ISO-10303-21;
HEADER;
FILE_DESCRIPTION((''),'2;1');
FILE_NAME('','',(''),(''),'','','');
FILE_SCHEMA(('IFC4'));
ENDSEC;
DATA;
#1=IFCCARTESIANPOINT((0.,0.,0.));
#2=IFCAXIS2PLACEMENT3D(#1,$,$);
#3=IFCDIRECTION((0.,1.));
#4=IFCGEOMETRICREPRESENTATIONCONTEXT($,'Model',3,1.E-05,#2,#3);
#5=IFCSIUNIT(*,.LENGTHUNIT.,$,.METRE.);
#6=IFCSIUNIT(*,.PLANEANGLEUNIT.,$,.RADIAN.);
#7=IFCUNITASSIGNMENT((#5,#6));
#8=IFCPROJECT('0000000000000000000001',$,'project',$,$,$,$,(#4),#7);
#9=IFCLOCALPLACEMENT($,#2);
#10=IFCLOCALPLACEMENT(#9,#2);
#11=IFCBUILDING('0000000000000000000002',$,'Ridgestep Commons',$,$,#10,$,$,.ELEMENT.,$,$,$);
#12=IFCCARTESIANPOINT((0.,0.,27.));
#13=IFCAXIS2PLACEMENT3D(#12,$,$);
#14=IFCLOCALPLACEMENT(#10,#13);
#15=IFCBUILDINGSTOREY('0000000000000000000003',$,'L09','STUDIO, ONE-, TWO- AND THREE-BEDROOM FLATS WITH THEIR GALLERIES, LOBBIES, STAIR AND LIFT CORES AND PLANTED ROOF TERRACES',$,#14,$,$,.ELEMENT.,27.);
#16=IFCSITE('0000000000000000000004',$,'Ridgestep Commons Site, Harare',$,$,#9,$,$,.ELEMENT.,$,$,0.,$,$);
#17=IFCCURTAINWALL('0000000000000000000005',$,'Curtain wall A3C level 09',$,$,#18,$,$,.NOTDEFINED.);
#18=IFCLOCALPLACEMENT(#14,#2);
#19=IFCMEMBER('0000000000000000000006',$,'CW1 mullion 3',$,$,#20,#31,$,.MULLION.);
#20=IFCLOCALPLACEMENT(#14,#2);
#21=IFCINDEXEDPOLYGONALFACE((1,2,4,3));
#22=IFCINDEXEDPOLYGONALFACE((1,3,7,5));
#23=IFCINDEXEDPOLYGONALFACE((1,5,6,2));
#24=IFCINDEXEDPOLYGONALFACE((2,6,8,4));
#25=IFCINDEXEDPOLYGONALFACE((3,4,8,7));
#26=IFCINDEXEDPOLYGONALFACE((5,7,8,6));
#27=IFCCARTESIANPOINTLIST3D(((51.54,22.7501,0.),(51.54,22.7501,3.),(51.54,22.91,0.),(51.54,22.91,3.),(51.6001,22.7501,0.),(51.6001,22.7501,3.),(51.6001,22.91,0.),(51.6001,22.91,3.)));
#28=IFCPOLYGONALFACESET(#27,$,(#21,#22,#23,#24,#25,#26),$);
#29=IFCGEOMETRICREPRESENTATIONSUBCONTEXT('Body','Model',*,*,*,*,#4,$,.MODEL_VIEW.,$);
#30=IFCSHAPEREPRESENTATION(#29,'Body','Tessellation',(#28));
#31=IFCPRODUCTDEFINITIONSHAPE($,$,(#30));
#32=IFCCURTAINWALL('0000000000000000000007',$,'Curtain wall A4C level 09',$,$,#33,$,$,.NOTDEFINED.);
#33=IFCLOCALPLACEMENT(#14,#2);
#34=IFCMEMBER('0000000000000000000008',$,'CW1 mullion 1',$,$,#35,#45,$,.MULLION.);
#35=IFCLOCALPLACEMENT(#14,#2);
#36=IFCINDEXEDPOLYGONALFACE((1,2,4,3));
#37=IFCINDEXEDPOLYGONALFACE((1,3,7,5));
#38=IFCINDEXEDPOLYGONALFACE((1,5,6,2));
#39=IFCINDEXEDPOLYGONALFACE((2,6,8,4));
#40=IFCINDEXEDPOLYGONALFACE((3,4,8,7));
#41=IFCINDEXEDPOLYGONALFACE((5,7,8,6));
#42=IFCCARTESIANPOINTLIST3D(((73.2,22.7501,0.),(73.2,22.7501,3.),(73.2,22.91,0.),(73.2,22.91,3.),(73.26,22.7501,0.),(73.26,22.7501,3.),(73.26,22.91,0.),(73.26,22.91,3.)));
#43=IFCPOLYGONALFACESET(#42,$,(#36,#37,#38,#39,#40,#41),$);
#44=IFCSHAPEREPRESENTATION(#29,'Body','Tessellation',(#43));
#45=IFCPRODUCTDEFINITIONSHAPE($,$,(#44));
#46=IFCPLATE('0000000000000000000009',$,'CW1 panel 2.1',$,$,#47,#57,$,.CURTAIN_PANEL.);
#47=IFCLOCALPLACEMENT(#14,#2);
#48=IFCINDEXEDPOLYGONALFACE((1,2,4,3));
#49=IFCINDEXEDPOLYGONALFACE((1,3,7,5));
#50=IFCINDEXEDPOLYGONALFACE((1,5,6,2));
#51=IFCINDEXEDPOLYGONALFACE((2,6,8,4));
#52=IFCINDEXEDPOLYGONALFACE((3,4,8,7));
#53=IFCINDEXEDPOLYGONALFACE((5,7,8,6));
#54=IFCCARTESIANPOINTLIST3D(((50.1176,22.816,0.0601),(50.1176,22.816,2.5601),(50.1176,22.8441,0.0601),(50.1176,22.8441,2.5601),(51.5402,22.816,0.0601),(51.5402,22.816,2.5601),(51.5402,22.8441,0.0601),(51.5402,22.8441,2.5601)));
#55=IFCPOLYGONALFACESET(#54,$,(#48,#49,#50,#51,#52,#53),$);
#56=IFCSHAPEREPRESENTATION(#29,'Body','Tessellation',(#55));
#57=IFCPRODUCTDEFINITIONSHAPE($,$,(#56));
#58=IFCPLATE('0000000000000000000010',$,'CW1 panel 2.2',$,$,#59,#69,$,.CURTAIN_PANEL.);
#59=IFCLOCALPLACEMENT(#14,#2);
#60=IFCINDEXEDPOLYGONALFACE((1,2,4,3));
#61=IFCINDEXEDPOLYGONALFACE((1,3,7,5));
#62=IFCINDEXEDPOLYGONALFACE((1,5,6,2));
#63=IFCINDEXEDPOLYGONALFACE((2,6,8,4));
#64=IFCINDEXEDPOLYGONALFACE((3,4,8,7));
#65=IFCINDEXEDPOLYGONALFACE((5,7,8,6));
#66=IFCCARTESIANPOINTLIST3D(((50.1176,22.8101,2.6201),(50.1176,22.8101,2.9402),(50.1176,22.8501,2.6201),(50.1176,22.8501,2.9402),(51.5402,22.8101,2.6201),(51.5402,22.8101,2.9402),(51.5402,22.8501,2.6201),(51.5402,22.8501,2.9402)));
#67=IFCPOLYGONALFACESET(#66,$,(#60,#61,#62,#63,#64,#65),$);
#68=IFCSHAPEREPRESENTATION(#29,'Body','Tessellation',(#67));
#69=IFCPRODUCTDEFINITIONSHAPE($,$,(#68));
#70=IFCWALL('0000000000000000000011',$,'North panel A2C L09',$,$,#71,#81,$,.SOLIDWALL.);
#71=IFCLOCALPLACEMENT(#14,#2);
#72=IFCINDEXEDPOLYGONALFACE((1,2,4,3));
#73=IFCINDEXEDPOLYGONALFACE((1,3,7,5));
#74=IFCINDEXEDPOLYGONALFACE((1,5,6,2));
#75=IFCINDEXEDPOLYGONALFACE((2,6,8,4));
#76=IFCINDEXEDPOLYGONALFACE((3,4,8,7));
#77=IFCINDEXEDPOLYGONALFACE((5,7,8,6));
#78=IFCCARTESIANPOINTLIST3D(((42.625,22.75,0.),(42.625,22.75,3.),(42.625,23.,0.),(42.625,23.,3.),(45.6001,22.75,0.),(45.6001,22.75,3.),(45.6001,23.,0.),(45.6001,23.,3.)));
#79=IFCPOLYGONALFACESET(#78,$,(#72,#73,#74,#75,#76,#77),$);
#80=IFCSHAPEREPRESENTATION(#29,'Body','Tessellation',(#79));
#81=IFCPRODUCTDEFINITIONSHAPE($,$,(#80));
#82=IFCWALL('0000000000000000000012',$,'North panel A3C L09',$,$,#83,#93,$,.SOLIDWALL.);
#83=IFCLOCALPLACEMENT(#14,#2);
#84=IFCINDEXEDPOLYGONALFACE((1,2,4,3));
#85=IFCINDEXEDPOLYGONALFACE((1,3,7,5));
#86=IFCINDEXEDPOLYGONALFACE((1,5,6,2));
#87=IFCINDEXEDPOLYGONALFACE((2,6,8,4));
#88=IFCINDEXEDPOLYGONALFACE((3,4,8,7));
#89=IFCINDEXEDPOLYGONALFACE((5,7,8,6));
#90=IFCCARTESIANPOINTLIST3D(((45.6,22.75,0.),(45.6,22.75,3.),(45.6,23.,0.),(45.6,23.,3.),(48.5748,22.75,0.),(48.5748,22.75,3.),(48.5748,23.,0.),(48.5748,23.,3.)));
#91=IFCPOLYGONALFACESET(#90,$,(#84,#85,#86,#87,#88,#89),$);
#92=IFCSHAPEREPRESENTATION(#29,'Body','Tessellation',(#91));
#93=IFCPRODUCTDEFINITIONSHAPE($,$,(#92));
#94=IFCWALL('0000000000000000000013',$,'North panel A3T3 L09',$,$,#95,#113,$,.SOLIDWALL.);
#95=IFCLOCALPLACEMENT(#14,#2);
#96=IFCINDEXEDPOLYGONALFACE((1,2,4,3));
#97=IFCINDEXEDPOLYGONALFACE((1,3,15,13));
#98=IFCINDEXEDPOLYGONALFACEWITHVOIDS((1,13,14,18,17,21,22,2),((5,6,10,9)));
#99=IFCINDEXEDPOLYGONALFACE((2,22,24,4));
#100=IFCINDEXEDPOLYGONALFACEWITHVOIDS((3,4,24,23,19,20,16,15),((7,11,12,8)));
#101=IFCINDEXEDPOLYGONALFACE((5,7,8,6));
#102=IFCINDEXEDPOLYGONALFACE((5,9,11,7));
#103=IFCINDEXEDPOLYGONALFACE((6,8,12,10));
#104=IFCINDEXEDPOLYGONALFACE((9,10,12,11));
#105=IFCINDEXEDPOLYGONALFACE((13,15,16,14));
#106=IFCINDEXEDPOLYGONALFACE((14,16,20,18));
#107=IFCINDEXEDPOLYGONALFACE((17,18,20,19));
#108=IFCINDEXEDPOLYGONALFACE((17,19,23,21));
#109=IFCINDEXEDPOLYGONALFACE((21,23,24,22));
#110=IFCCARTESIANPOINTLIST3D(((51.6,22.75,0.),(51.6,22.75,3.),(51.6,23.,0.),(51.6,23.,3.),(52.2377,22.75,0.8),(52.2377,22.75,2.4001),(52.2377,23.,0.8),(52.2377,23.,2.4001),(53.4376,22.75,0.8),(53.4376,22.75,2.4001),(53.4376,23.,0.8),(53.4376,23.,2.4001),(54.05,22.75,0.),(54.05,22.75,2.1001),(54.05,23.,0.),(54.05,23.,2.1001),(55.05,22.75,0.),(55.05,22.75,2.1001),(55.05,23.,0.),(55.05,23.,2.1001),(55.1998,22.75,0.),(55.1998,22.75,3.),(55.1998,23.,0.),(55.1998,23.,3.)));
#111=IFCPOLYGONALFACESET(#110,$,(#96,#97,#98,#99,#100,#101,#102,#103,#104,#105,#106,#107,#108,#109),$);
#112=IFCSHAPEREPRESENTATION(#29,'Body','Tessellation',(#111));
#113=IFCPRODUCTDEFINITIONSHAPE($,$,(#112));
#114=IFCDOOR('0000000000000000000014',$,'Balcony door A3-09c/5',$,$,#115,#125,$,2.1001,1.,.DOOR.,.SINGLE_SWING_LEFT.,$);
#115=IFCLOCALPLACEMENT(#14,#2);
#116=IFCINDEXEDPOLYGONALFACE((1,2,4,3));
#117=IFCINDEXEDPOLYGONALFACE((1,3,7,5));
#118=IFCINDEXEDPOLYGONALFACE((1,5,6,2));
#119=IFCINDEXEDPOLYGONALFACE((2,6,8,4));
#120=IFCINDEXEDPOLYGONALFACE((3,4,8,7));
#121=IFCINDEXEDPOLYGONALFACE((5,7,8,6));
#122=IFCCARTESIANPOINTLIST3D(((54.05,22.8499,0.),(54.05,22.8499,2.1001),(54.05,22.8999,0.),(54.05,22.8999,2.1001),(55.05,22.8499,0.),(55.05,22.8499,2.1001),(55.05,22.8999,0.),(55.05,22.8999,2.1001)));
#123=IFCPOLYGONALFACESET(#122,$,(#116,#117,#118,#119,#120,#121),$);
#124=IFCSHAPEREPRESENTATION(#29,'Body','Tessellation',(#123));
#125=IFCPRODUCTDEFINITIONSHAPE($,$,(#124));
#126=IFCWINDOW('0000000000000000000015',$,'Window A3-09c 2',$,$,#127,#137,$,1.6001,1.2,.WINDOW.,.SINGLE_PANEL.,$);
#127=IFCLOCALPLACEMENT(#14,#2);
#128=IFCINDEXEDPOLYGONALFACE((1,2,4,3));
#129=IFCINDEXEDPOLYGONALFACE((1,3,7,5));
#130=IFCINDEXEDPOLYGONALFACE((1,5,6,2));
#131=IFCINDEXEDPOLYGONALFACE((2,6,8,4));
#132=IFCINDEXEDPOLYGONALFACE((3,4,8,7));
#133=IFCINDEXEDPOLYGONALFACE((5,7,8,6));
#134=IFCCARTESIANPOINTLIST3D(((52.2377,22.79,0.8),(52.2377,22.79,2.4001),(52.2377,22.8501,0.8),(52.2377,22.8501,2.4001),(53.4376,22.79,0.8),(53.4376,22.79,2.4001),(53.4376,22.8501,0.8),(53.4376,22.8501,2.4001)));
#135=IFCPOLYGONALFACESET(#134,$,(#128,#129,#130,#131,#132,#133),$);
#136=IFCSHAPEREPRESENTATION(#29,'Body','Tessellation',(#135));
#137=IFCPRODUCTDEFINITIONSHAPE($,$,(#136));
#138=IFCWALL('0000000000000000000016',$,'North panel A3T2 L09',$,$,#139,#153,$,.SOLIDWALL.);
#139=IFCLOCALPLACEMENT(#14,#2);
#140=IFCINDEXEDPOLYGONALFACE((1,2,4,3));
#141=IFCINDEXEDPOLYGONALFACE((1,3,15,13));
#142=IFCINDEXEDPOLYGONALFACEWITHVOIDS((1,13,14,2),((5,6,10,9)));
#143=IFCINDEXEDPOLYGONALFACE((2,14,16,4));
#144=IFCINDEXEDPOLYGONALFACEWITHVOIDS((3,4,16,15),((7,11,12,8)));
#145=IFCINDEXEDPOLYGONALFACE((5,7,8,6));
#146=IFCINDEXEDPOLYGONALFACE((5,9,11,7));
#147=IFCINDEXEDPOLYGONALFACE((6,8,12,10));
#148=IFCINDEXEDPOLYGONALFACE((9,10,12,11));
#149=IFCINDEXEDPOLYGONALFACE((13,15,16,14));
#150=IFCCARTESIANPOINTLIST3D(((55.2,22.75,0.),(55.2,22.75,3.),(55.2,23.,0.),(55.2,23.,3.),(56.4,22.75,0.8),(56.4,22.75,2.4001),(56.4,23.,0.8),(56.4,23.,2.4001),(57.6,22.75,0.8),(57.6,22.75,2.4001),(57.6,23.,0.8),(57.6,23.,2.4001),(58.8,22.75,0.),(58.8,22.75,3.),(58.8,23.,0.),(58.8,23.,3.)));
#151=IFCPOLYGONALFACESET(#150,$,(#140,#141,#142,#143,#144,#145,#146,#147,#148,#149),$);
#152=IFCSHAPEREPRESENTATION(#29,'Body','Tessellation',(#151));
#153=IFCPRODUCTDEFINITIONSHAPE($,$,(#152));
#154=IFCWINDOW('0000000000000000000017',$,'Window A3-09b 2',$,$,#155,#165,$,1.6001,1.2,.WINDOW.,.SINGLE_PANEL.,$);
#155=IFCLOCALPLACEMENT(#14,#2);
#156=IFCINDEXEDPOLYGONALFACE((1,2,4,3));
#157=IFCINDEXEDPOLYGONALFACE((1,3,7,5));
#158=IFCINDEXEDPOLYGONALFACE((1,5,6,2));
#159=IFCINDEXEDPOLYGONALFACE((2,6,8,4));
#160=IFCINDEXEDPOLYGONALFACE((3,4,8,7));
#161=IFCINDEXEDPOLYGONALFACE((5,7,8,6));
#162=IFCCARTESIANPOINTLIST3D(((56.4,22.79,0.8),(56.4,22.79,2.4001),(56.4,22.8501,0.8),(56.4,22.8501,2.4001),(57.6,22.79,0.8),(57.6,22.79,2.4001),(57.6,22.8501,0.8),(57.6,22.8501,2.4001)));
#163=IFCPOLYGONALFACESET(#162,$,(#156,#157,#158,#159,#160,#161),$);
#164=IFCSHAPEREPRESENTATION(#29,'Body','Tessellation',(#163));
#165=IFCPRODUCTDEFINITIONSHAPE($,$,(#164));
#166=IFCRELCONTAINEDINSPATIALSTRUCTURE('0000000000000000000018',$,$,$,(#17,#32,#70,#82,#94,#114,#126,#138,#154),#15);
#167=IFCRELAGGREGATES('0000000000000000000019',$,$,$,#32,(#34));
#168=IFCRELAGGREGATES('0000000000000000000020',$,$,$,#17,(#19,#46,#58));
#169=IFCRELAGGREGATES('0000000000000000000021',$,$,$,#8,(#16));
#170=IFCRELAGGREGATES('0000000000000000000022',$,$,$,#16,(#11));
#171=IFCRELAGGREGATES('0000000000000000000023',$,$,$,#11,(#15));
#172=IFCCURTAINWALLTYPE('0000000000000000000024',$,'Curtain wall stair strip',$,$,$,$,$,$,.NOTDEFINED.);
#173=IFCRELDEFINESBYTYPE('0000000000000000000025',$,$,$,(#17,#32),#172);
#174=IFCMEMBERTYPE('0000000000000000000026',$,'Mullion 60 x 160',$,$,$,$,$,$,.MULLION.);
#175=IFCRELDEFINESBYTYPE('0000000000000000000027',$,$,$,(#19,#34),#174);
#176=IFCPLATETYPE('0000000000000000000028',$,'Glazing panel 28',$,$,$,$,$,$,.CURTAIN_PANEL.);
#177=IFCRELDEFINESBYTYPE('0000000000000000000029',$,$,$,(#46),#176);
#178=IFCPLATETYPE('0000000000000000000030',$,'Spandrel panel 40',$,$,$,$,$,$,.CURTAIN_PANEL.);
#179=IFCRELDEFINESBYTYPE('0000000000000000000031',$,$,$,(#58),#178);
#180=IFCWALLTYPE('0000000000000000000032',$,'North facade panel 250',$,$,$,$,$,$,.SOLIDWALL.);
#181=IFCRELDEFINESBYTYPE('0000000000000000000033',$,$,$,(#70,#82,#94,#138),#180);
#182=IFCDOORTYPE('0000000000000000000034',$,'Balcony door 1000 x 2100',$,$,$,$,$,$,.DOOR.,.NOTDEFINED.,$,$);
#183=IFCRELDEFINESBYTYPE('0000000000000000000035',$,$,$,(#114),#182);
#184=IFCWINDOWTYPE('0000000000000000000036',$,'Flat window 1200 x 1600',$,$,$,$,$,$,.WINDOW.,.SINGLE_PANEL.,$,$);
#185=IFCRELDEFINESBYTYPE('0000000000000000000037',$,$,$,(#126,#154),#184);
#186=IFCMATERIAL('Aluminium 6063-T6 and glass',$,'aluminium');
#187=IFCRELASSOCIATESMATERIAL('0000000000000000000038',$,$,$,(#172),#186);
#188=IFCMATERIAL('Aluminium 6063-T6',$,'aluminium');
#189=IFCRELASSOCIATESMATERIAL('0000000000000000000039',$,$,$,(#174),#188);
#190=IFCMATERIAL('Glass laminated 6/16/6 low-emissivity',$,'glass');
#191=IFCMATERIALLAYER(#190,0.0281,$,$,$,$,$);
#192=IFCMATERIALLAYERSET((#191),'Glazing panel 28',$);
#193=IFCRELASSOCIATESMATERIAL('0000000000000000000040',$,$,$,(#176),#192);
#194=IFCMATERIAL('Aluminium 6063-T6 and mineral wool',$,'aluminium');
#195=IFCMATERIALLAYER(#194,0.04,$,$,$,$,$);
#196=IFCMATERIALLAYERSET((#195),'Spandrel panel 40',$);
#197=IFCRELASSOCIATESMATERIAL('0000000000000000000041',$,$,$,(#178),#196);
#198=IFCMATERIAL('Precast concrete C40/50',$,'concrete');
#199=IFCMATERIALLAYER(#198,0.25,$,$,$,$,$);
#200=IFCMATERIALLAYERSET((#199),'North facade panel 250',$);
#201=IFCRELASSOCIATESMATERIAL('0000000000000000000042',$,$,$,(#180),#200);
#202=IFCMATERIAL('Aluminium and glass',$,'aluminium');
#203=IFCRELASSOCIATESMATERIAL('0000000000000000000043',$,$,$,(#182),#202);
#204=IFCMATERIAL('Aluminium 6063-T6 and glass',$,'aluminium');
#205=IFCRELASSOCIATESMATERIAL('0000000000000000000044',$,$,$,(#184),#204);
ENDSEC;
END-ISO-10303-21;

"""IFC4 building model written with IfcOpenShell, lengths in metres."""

from ifc_helpers import new_model, si_unit, direction, frame, frame_2d, origin, origin_2d, place, context, subcontext, project, spatial, rectangle, extrude, material, layer, layer_set, material_profile, profile_set, type_object, element, fill, aggregate, save


model = new_model("IFC4")

# Units and contexts
model_context = context("Model", 3, precision=1e-05, world=origin(), true_north=direction((0.0, 1.0)))
body_context = subcontext(model_context, "Body", "Model", "MODEL_VIEW")
ifc_project = project(units=[si_unit("LENGTHUNIT", "METRE"), si_unit("PLANEANGLEUNIT", "RADIAN")], contexts=[model_context])

# Site, building, storey
site_placement = place(None, origin())
site = spatial("IfcSite", under=ifc_project, at=site_placement, Name="Ridgestep Commons Site, Harare", CompositionType="ELEMENT", RefElevation=0.0)
building_placement = place(site_placement, origin())
building = spatial("IfcBuilding", under=site, at=building_placement, Name="Ridgestep Commons", CompositionType="ELEMENT")
storey_placement = place(building_placement, frame((0.0, 0.0, 27.0)))
storey = spatial("IfcBuildingStorey", under=building, at=storey_placement, Name="L09", Description="STUDIO, ONE-, TWO- AND THREE-BEDROOM FLATS WITH THEIR GALLERIES, LOBBIES, STAIR AND LIFT CORES AND PLANTED ROOF TERRACES", CompositionType="ELEMENT", Elevation=27.0)

# Curtain walls, members
ifc_material_1 = material(Name="Aluminium 6063-T6 and glass", Category="aluminium")
curtain_wall_type = type_object("IfcCurtainWallType", Name="Curtain wall stair strip", PredefinedType="NOTDEFINED", material=ifc_material_1)
curtain_wall_1_placement = place(storey_placement, origin())
curtain_wall_1 = element("IfcCurtainWall", 1, at=curtain_wall_1_placement, inside=storey, type_object=curtain_wall_type, Name="Curtain wall A3C level 09", PredefinedType="NOTDEFINED")
ifc_material_2 = material(Name="Aluminium 6063-T6", Category="aluminium")
ifc_material_profile = material_profile(ifc_material_2, rectangle(XDim=0.1599, YDim=0.0601, at=origin_2d()), Name="Mullion 60 x 160")
ifc_profile_set = profile_set([ifc_material_profile], Name="Aluminium 6063-T6")
member_type = type_object("IfcMemberType", Name="Mullion 60 x 160", PredefinedType="MULLION", material=ifc_profile_set)
member_1_placement = place(storey_placement, frame((51.5701, 22.8301, 0.0), z_axis=(0.0, 0.0, 1.0), x_axis=(0.0, 1.0, 0.0)))
member_1 = element("IfcMember", 2, at=member_1_placement, type_object=member_type, Name="CW1 mullion 3", PredefinedType="MULLION", context=body_context, shape_type="SweptSolid", body=[
    extrude(rectangle(XDim=0.1599, YDim=0.0601, at=origin_2d()), origin(), (0.0, 0.0, 1.0), 3.0),
])
curtain_wall_2_placement = place(storey_placement, origin())
curtain_wall_2 = element("IfcCurtainWall", 3, at=curtain_wall_2_placement, inside=storey, type_object=curtain_wall_type, Name="Curtain wall A4C level 09", PredefinedType="NOTDEFINED")
member_2_placement = place(storey_placement, frame((73.23, 22.8301, 0.0), z_axis=(0.0, 0.0, 1.0), x_axis=(0.0, 1.0, 0.0)))
member_2 = element("IfcMember", 4, at=member_2_placement, type_object=member_type, Name="CW1 mullion 1", PredefinedType="MULLION", context=body_context, shape_type="SweptSolid", body=[
    extrude(rectangle(XDim=0.1599, YDim=0.0601, at=origin_2d()), origin(), (0.0, 0.0, 1.0), 3.0),
])
aggregate(curtain_wall_2, [member_2])

# Plates
ifc_material_3 = material(Name="Glass laminated 6/16/6 low-emissivity", Category="glass")
ifc_layer_1 = layer(ifc_material_3, 0.0281)
ifc_layer_set_1 = layer_set([ifc_layer_1], Name="Glazing panel 28")
plate_type_1 = type_object("IfcPlateType", Name="Glazing panel 28", PredefinedType="CURTAIN_PANEL", material=ifc_layer_set_1)
plate_1_placement = place(storey_placement, frame((50.8289, 22.8301, 0.0601), z_axis=(0.0, 0.0, 1.0), x_axis=(1.0, 0.0, 0.0)))
plate_1 = element("IfcPlate", 5, at=plate_1_placement, type_object=plate_type_1, Name="CW1 panel 2.1", PredefinedType="CURTAIN_PANEL", context=body_context, shape_type="SweptSolid", body=[
    extrude(rectangle(XDim=1.4226, YDim=0.0281, at=origin_2d()), origin(), (0.0, 0.0, 1.0), 2.5),
])
ifc_material_4 = material(Name="Aluminium 6063-T6 and mineral wool", Category="aluminium")
ifc_layer_2 = layer(ifc_material_4, 0.04)
ifc_layer_set_2 = layer_set([ifc_layer_2], Name="Spandrel panel 40")
plate_type_2 = type_object("IfcPlateType", Name="Spandrel panel 40", PredefinedType="CURTAIN_PANEL", material=ifc_layer_set_2)
plate_2_placement = place(storey_placement, frame((50.8289, 22.8301, 2.6201), z_axis=(0.0, 0.0, 1.0), x_axis=(1.0, 0.0, 0.0)))
plate_2 = element("IfcPlate", 6, at=plate_2_placement, type_object=plate_type_2, Name="CW1 panel 2.2", PredefinedType="CURTAIN_PANEL", context=body_context, shape_type="SweptSolid", body=[
    extrude(rectangle(XDim=1.4226, YDim=0.04, at=origin_2d()), origin(), (0.0, 0.0, 1.0), 0.3201),
])
aggregate(curtain_wall_1, [member_1, plate_1, plate_2])

# Walls
ifc_material_5 = material(Name="Precast concrete C40/50", Category="concrete")
ifc_layer_3 = layer(ifc_material_5, 0.25)
ifc_layer_set_3 = layer_set([ifc_layer_3], Name="North facade panel 250")
wall_type = type_object("IfcWallType", Name="North facade panel 250", PredefinedType="SOLIDWALL", material=ifc_layer_set_3)
wall_1_placement = place(storey_placement, frame((42.625, 22.875, 0.0), z_axis=(0.0, 0.0, 1.0), x_axis=(1.0, 0.0, 0.0)))
element("IfcWall", 7, at=wall_1_placement, inside=storey, type_object=wall_type, Name="North panel A2C L09", PredefinedType="SOLIDWALL", context=body_context, shape_type="SweptSolid", body=[
    extrude(rectangle(XDim=2.9751, YDim=0.25, at=frame_2d((1.4875, 0.0))), origin(), (0.0, 0.0, 1.0), 3.0),
])
wall_2_placement = place(storey_placement, frame((45.6001, 22.875, 0.0), z_axis=(0.0, 0.0, 1.0), x_axis=(1.0, 0.0, 0.0)))
element("IfcWall", 8, at=wall_2_placement, inside=storey, type_object=wall_type, Name="North panel A3C L09", PredefinedType="SOLIDWALL", context=body_context, shape_type="SweptSolid", body=[
    extrude(rectangle(XDim=2.9749, YDim=0.25, at=frame_2d((1.4873, 0.0))), origin(), (0.0, 0.0, 1.0), 3.0),
])

# Wall, openings, door, window
wall_3_placement = place(storey_placement, frame((51.6001, 22.875, 0.0), z_axis=(0.0, 0.0, 1.0), x_axis=(1.0, 0.0, 0.0)))
wall_3 = element("IfcWall", 9, at=wall_3_placement, inside=storey, type_object=wall_type, Name="North panel A3T3 L09", PredefinedType="SOLIDWALL", context=body_context, shape_type="SweptSolid", body=[
    extrude(rectangle(XDim=3.5999, YDim=0.25, at=frame_2d((1.7998, 0.0))), origin(), (0.0, 0.0, 1.0), 3.0),
])
opening_1_placement = place(wall_3_placement, frame((0.6375, 0.0, 0.8)))
opening_1 = element("IfcOpeningElement", 10, at=opening_1_placement, cuts=wall_3, PredefinedType="OPENING", context=body_context, shape_type="SweptSolid", body=[
    extrude(rectangle(XDim=1.2, YDim=1.6001, at=frame_2d((0.6001, 0.8))), frame((0.0, 0.135, 0.0), z_axis=(0.0, -1.0, 0.0), x_axis=(1.0, 0.0, 0.0)), (0.0, 0.0, 1.0), 0.27),
])
opening_2_placement = place(wall_3_placement, frame((2.45, 0.0, 0.0)))
opening_2 = element("IfcOpeningElement", 11, at=opening_2_placement, cuts=wall_3, PredefinedType="OPENING", context=body_context, shape_type="SweptSolid", body=[
    extrude(rectangle(XDim=1.0, YDim=2.1001, at=frame_2d((0.5, 1.05))), frame((0.0, 0.135, 0.0), z_axis=(0.0, -1.0, 0.0), x_axis=(1.0, 0.0, 0.0)), (0.0, 0.0, 1.0), 0.27),
])
ifc_material_6 = material(Name="Aluminium and glass", Category="aluminium")
door_type = type_object("IfcDoorType", Name="Balcony door 1000 x 2100", OperationType="NOTDEFINED", PredefinedType="DOOR", material=ifc_material_6)
door_1_placement = place(opening_2_placement, origin())
door_1 = element("IfcDoor", 12, at=door_1_placement, inside=storey, type_object=door_type, Name="Balcony door A3-09c/5", OperationType="SINGLE_SWING_LEFT", OverallHeight=2.1001, OverallWidth=1.0, PredefinedType="DOOR", context=body_context, shape_type="SweptSolid", body=[
    extrude(rectangle(XDim=1.0, YDim=2.1001, at=frame_2d((0.5, 1.05))), frame((0.0, 0.0249, 0.0), z_axis=(0.0, -1.0, 0.0), x_axis=(1.0, 0.0, 0.0)), (0.0, 0.0, 1.0), 0.05),
])
fill(opening_2, door_1)
ifc_material_7 = material(Name="Aluminium 6063-T6 and glass", Category="aluminium")
window_type_1 = type_object("IfcWindowType", Name="Flat window 1200 x 1600", PartitioningType="SINGLE_PANEL", PredefinedType="WINDOW", material=ifc_material_7)
window_1_placement = place(opening_1_placement, origin())
window_1 = element("IfcWindow", 13, at=window_1_placement, inside=storey, type_object=window_type_1, Name="Window A3-09c 2", OverallHeight=1.6001, OverallWidth=1.2, PartitioningType="SINGLE_PANEL", PredefinedType="WINDOW", context=body_context, shape_type="SweptSolid", body=[
    extrude(rectangle(XDim=1.2, YDim=1.6001, at=frame_2d((0.6001, 0.8))), frame((0.0, -0.0249, 0.0), z_axis=(0.0, -1.0, 0.0), x_axis=(1.0, 0.0, 0.0)), (0.0, 0.0, 1.0), 0.0601),
])
fill(opening_1, window_1)

# Wall, opening, window
wall_4_placement = place(storey_placement, frame((55.2, 22.875, 0.0), z_axis=(0.0, 0.0, 1.0), x_axis=(1.0, 0.0, 0.0)))
wall_4 = element("IfcWall", 14, at=wall_4_placement, inside=storey, type_object=wall_type, Name="North panel A3T2 L09", PredefinedType="SOLIDWALL", context=body_context, shape_type="SweptSolid", body=[
    extrude(rectangle(XDim=3.6001, YDim=0.25, at=frame_2d((1.8, 0.0))), origin(), (0.0, 0.0, 1.0), 3.0),
])
opening_3_placement = place(wall_4_placement, frame((1.2, 0.0, 0.8)))
opening_3 = element("IfcOpeningElement", 15, at=opening_3_placement, cuts=wall_4, PredefinedType="OPENING", context=body_context, shape_type="SweptSolid", body=[
    extrude(rectangle(XDim=1.2, YDim=1.6001, at=frame_2d((0.6001, 0.8))), frame((0.0, 0.135, 0.0), z_axis=(0.0, -1.0, 0.0), x_axis=(1.0, 0.0, 0.0)), (0.0, 0.0, 1.0), 0.27),
])
window_2_placement = place(opening_3_placement, origin())
window_2 = element("IfcWindow", 16, at=window_2_placement, inside=storey, type_object=window_type_1, Name="Window A3-09b 2", OverallHeight=1.6001, OverallWidth=1.2, PartitioningType="SINGLE_PANEL", PredefinedType="WINDOW", context=body_context, shape_type="SweptSolid", body=[
    extrude(rectangle(XDim=1.2, YDim=1.6001, at=frame_2d((0.6001, 0.8))), frame((0.0, -0.0249, 0.0), z_axis=(0.0, -1.0, 0.0), x_axis=(1.0, 0.0, 0.0)), (0.0, 0.0, 1.0), 0.0601),
])
fill(opening_3, window_2)

save(model, "model.ifc")
